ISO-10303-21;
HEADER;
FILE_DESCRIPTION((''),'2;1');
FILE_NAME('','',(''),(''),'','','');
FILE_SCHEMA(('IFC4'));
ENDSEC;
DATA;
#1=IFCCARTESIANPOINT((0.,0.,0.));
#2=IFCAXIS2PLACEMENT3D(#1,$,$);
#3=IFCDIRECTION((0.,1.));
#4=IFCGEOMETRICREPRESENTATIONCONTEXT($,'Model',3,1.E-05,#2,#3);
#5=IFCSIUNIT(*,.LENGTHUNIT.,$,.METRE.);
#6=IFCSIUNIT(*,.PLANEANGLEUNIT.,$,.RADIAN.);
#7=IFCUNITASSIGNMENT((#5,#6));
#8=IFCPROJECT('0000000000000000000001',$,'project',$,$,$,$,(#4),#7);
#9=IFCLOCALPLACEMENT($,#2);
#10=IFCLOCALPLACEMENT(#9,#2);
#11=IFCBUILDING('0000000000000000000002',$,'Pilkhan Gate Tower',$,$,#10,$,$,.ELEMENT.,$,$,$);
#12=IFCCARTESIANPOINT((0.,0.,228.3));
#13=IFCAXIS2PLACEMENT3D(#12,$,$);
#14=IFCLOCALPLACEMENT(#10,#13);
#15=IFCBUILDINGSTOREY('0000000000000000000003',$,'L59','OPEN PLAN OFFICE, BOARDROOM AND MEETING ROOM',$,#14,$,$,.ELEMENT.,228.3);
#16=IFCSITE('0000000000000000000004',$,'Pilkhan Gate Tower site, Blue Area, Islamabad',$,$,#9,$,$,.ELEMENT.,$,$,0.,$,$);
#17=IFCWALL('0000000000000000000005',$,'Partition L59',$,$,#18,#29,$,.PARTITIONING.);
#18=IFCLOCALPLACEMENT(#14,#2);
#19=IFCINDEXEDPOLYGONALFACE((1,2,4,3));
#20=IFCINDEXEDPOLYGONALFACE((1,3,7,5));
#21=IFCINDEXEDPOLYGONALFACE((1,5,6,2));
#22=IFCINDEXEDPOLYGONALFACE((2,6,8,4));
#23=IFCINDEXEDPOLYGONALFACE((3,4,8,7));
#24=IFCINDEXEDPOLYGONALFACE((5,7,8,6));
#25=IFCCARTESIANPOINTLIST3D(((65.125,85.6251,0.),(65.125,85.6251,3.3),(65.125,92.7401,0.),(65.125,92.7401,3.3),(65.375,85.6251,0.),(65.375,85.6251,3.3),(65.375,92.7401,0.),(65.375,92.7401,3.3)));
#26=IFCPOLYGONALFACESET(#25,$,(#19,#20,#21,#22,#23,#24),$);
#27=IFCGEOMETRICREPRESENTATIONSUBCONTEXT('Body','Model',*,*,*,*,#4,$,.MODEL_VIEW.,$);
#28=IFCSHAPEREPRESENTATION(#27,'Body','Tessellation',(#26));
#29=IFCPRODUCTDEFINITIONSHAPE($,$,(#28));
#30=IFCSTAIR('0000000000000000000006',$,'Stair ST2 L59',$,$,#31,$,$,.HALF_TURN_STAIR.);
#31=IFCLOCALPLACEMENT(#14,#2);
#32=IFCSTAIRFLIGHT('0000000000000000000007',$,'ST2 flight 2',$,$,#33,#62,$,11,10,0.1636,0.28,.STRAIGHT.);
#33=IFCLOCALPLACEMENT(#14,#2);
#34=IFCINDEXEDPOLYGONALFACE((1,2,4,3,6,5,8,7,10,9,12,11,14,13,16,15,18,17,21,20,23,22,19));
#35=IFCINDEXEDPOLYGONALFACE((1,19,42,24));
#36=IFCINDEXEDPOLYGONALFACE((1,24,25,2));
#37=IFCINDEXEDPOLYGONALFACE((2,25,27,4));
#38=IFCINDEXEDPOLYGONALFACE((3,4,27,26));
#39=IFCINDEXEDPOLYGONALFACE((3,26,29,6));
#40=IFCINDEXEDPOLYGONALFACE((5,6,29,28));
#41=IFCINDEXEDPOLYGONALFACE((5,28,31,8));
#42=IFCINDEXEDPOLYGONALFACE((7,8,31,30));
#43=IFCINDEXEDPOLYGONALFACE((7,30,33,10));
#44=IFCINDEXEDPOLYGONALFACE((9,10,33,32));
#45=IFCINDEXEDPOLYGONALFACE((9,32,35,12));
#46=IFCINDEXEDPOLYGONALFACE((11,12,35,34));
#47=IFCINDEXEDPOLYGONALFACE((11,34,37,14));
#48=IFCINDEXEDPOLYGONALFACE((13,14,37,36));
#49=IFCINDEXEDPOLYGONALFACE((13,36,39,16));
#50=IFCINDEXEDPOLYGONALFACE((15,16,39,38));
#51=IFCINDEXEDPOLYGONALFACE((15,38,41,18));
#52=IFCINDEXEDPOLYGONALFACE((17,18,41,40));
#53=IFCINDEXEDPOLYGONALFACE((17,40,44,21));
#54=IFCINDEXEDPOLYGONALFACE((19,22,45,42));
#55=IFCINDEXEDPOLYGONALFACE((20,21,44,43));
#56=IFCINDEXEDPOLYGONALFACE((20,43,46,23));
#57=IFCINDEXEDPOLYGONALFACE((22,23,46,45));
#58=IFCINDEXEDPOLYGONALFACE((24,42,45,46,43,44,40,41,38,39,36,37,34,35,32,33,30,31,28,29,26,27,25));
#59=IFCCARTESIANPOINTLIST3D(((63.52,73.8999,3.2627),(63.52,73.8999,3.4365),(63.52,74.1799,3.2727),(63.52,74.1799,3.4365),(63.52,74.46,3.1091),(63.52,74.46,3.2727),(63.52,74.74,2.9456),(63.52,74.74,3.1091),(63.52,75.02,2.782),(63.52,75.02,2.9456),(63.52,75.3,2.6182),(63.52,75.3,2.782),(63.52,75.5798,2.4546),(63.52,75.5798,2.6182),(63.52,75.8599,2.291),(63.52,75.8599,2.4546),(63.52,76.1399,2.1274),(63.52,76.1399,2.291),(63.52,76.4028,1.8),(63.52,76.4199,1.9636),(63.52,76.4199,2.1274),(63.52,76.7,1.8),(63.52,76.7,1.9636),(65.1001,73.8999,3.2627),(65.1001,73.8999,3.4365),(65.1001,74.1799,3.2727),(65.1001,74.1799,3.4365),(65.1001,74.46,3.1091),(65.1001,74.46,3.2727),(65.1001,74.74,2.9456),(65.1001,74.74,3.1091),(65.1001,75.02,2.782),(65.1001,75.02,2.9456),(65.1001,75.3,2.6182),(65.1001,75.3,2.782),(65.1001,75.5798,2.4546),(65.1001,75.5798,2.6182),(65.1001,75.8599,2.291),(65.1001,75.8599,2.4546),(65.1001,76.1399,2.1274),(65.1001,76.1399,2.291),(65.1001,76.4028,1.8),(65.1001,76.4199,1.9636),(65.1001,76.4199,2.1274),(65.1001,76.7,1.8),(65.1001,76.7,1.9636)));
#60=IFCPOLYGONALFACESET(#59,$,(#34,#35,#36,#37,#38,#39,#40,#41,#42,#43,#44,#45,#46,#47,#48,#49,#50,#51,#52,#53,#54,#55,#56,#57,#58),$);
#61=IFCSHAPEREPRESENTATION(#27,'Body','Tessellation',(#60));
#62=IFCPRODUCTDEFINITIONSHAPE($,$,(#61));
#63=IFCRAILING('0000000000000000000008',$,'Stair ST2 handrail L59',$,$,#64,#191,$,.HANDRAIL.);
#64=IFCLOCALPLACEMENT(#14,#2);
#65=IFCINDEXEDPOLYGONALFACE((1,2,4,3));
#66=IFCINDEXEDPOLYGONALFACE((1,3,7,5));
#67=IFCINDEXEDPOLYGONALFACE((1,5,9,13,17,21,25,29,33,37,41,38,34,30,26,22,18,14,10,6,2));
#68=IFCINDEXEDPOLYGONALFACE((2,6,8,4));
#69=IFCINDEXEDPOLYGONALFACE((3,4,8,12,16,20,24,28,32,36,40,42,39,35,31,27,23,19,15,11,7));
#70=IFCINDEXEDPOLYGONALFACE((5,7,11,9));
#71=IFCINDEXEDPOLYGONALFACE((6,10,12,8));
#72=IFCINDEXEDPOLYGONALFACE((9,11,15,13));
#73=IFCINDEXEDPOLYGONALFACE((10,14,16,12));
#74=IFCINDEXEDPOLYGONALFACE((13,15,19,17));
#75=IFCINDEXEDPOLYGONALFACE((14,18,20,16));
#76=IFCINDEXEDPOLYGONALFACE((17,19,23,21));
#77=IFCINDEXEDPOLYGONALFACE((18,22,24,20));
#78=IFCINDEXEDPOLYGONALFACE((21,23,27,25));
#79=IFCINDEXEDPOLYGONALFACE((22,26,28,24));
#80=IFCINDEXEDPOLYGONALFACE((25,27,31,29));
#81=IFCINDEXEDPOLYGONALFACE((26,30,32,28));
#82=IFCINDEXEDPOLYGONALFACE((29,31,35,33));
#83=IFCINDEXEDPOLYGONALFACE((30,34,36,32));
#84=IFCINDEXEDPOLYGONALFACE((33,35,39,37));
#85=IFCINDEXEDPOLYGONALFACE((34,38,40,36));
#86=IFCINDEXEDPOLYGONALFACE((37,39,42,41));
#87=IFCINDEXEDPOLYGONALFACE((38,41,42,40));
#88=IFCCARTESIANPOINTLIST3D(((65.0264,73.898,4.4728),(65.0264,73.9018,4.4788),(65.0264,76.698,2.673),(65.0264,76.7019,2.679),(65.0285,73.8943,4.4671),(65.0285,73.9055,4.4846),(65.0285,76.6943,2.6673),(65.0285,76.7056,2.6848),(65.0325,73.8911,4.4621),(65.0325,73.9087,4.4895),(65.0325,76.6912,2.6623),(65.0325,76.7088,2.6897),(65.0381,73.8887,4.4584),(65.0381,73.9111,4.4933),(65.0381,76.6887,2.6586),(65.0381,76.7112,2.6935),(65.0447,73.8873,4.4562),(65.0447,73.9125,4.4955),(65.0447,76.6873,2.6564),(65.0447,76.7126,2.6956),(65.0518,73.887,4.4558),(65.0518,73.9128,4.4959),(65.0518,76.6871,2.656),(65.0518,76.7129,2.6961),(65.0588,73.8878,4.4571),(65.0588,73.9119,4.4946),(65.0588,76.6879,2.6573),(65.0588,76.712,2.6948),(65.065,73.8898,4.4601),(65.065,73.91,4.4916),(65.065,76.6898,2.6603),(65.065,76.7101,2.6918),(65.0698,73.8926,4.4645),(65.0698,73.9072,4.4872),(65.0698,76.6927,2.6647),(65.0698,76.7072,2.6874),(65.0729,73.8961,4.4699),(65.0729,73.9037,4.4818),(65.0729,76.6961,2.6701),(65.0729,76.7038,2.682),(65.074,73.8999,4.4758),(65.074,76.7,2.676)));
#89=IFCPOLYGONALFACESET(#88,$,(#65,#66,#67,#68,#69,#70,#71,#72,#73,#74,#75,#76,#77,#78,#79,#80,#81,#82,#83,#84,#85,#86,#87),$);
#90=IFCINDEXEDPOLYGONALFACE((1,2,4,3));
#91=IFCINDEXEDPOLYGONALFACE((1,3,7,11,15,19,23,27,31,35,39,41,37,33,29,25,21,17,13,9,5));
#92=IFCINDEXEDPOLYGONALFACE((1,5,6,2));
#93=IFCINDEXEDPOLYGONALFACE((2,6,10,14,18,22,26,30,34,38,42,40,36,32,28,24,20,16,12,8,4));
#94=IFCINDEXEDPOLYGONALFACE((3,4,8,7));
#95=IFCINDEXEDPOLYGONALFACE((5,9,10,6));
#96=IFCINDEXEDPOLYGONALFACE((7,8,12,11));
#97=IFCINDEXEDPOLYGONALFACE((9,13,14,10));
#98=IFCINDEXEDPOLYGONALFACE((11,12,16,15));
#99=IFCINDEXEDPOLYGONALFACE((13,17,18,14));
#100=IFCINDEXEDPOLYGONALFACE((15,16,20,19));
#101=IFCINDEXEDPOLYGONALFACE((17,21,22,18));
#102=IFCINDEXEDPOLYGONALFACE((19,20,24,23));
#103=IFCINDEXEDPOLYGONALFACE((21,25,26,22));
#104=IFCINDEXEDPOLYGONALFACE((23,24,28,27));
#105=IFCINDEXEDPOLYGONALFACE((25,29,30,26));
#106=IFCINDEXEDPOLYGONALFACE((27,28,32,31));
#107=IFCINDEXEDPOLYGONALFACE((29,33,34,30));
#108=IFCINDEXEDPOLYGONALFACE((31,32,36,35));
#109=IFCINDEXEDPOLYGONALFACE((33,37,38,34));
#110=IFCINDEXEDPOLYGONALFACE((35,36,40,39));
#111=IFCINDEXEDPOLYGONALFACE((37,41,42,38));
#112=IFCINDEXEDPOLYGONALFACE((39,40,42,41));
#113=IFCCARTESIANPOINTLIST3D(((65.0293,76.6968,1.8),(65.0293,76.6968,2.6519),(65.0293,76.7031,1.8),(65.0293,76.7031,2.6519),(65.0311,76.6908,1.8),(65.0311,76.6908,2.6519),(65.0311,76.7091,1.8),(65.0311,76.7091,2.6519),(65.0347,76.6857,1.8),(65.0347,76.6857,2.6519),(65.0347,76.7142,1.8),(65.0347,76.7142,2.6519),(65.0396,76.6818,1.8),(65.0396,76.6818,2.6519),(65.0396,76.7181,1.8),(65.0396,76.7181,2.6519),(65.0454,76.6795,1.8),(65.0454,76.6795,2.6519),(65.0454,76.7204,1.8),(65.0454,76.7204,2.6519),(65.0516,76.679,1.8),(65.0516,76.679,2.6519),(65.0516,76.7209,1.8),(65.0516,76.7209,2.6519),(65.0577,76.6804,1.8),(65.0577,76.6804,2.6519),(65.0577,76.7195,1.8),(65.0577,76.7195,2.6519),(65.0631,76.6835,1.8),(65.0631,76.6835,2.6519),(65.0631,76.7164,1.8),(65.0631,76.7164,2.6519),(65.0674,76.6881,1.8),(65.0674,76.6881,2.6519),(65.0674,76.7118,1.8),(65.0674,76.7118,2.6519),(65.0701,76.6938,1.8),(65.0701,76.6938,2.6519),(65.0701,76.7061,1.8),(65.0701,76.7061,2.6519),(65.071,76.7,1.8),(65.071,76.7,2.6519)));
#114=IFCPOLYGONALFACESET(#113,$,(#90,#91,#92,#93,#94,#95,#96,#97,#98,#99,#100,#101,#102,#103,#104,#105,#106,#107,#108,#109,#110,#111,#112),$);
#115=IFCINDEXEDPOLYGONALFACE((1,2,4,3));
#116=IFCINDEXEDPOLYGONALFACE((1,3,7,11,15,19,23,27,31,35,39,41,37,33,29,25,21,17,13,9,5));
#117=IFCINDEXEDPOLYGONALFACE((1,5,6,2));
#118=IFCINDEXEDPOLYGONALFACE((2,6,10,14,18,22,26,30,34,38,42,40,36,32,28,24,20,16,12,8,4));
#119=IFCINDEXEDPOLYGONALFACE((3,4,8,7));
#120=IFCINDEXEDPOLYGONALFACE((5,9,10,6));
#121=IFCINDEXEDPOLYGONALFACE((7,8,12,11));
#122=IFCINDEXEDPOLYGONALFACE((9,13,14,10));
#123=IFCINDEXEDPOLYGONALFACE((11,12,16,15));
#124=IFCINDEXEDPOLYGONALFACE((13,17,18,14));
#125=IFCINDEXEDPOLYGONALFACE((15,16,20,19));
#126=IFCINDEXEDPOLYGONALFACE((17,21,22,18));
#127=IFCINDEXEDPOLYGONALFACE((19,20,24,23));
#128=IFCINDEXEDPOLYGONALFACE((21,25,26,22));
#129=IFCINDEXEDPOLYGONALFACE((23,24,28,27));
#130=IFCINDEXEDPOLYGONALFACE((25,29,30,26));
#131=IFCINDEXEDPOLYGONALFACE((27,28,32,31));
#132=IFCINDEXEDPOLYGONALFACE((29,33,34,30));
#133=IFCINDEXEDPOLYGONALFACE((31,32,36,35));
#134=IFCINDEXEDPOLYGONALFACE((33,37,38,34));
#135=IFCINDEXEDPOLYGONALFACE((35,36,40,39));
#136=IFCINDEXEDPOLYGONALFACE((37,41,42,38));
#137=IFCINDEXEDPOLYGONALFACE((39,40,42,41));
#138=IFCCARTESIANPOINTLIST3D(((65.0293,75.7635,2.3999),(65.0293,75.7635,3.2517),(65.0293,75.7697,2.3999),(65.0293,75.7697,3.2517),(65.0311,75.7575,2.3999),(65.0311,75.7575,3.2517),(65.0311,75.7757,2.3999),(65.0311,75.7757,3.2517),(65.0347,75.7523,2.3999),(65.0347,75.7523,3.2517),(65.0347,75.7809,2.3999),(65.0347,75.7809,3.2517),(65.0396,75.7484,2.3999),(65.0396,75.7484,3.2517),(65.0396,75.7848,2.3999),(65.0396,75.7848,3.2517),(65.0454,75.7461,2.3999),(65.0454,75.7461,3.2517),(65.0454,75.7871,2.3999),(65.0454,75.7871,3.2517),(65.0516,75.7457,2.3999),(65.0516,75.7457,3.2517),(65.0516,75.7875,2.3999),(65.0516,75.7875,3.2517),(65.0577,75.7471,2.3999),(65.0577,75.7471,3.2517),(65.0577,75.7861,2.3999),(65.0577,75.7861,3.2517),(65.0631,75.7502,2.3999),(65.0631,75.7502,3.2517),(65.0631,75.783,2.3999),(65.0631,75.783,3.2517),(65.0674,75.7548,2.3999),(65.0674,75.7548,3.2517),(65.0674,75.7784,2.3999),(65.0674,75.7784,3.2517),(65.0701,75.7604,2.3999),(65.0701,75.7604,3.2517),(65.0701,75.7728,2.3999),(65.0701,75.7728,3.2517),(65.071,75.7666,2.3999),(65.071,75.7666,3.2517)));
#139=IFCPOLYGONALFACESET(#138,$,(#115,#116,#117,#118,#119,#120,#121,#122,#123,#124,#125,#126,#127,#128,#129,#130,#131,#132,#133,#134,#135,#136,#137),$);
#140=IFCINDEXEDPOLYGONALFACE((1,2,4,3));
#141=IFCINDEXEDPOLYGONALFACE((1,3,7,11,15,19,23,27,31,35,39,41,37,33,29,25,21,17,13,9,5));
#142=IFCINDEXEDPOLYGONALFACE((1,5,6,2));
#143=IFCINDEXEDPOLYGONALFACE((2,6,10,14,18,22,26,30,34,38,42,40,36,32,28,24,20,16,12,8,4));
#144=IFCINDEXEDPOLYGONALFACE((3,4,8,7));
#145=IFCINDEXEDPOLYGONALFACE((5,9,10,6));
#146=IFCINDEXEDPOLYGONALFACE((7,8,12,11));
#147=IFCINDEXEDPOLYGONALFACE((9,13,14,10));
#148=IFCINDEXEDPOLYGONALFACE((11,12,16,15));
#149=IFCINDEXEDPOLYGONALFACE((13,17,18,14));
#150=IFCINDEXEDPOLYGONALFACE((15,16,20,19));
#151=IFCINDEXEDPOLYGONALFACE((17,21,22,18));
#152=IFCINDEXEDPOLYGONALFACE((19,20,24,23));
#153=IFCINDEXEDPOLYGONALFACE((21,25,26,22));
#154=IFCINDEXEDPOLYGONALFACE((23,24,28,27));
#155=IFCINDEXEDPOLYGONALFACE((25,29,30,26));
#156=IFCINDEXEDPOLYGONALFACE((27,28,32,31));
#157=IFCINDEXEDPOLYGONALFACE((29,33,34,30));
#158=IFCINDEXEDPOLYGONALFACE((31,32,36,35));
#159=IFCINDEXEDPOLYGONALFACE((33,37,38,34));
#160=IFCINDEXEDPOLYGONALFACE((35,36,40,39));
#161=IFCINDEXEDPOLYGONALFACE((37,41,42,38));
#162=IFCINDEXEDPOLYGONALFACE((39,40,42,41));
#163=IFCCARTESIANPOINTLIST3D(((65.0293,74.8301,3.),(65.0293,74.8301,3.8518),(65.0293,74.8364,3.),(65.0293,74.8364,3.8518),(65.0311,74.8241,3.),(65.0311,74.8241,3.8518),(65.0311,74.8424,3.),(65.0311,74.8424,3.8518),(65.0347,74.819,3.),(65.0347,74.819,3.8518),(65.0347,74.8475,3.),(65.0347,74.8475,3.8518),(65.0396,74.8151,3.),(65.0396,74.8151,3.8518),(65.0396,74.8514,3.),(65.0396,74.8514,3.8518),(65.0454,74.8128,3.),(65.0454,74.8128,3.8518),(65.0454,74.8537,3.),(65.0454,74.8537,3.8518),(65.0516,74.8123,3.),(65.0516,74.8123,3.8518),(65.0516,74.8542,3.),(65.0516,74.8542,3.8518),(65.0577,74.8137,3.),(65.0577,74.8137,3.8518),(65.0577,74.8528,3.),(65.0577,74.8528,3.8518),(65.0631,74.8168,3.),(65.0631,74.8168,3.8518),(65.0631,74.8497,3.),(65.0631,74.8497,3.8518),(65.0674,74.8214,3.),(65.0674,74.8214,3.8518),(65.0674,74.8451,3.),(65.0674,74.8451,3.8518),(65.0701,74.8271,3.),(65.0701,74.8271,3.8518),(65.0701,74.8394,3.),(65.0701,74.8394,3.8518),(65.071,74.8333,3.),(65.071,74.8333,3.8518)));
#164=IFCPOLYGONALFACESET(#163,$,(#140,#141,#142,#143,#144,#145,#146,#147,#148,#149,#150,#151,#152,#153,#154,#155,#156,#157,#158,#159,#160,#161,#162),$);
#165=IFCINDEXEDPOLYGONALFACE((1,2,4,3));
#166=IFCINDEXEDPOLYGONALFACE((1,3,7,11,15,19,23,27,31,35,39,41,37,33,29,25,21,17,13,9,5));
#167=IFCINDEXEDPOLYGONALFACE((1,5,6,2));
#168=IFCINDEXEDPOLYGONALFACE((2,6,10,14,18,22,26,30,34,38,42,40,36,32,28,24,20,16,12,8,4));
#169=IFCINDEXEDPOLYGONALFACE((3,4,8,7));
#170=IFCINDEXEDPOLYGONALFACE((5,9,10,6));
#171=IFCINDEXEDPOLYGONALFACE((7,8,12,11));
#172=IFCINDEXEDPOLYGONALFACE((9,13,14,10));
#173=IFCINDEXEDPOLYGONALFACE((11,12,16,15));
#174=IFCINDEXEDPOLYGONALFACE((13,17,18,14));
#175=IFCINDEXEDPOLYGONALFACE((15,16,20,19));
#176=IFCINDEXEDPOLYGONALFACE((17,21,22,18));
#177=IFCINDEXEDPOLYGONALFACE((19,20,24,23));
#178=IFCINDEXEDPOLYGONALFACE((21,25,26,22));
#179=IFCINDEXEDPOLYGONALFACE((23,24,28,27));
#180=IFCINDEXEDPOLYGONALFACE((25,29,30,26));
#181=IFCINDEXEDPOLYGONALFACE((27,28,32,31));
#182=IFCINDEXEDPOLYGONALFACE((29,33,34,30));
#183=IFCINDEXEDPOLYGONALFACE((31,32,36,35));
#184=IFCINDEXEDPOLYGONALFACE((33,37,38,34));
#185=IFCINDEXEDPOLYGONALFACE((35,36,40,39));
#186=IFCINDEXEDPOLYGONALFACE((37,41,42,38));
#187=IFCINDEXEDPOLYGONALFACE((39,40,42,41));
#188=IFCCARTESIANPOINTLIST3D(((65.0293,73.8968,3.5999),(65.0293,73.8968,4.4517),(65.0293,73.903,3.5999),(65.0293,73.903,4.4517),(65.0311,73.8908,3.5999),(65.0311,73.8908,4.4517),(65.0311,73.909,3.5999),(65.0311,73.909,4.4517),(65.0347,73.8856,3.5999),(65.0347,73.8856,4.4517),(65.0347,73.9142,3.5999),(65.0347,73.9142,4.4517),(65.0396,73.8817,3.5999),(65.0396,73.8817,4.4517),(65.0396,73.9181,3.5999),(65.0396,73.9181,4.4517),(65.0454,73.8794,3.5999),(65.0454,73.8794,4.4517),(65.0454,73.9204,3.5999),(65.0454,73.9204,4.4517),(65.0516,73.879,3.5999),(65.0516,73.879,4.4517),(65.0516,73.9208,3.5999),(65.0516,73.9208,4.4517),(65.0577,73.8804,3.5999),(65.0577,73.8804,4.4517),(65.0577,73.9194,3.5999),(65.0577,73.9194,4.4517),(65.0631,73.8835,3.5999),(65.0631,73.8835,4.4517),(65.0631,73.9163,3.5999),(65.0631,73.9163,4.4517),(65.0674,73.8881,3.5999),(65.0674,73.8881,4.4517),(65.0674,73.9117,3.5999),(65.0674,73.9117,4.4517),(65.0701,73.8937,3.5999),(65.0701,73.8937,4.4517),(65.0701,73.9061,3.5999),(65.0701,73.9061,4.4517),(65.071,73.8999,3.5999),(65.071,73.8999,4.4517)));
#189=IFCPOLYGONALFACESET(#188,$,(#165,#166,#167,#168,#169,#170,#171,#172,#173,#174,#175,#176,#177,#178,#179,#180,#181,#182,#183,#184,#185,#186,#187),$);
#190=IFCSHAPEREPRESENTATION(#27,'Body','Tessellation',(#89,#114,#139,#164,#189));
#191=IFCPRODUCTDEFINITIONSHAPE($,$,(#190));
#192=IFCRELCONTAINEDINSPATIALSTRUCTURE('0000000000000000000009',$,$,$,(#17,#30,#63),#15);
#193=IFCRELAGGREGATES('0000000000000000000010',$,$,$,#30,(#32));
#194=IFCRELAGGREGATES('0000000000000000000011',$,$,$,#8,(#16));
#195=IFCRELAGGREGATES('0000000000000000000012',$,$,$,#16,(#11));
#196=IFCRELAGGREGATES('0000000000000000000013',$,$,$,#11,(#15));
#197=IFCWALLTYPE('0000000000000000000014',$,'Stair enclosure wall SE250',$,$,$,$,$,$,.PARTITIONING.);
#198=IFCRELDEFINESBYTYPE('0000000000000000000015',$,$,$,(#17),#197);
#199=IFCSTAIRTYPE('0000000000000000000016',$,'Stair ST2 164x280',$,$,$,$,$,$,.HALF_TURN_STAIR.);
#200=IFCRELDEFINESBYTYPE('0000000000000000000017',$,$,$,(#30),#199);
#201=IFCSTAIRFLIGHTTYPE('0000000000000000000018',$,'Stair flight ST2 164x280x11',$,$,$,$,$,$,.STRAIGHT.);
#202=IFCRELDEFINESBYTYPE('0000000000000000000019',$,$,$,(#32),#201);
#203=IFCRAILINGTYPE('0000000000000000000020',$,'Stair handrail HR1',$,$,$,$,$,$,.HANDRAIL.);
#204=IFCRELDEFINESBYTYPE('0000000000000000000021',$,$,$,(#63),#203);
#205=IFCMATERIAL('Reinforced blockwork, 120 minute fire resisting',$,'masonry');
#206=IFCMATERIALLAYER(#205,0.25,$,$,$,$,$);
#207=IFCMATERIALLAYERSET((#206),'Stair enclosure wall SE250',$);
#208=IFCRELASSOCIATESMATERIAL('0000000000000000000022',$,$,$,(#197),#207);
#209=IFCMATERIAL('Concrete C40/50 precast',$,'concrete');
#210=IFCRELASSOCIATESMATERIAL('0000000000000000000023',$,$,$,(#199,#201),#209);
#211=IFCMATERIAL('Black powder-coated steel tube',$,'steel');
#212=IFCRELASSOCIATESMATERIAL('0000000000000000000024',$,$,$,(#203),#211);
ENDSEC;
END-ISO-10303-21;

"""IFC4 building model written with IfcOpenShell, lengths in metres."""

from ifc_helpers import new_model, si_unit, direction, frame, frame_2d, origin, origin_2d, place, context, subcontext, project, spatial, polyline, rectangle, circle, outline, extrude, material, layer, layer_set, type_object, element, aggregate, save


model = new_model("IFC4")

# Units and contexts
model_context = context("Model", 3, precision=1e-05, world=origin(), true_north=direction((0.0, 1.0)))
body_context = subcontext(model_context, "Body", "Model", "MODEL_VIEW")
ifc_project = project(units=[si_unit("LENGTHUNIT", "METRE"), si_unit("PLANEANGLEUNIT", "RADIAN")], contexts=[model_context])

# Site, building, storey
site_placement = place(None, origin())
site = spatial("IfcSite", under=ifc_project, at=site_placement, Name="Pilkhan Gate Tower site, Blue Area, Islamabad", CompositionType="ELEMENT", RefElevation=0.0)
building_placement = place(site_placement, origin())
building = spatial("IfcBuilding", under=site, at=building_placement, Name="Pilkhan Gate Tower", CompositionType="ELEMENT")
storey_placement = place(building_placement, frame((0.0, 0.0, 228.3)))
storey = spatial("IfcBuildingStorey", under=building, at=storey_placement, Name="L59", Description="OPEN PLAN OFFICE, BOARDROOM AND MEETING ROOM", CompositionType="ELEMENT", Elevation=228.3)

# Wall
ifc_material_1 = material(Name="Reinforced blockwork, 120 minute fire resisting", Category="masonry")
ifc_layer_1 = layer(ifc_material_1, 0.25)
ifc_layer_set_1 = layer_set([ifc_layer_1], Name="Stair enclosure wall SE250")
wall_type_1 = type_object("IfcWallType", Name="Stair enclosure wall SE250", PredefinedType="PARTITIONING", material=ifc_layer_set_1)
wall_1_placement = place(storey_placement, frame((65.25, 85.625, 0.0), z_axis=(0.0, 0.0, 1.0), x_axis=(0.0, 1.0, 0.0)))
element("IfcWall", 1, at=wall_1_placement, inside=storey, type_object=wall_type_1, Name="Partition L59", PredefinedType="PARTITIONING", context=body_context, shape_type="SweptSolid", body=[
    extrude(rectangle(XDim=7.115, YDim=0.25, at=frame_2d((3.5576, 0.0))), origin(), (0.0, 0.0, 1.0), 3.3),
])

# Stair, stair flight
ifc_material_2 = material(Name="Concrete C40/50 precast", Category="concrete")
stair_type = type_object("IfcStairType", Name="Stair ST2 164x280", PredefinedType="HALF_TURN_STAIR", material=ifc_material_2)
stair_placement = place(storey_placement, origin())
stair = element("IfcStair", 2, at=stair_placement, inside=storey, type_object=stair_type, Name="Stair ST2 L59", PredefinedType="HALF_TURN_STAIR")
stair_flight_type = type_object("IfcStairFlightType", Name="Stair flight ST2 164x280x11", PredefinedType="STRAIGHT", material=ifc_material_2)
stair_flight_placement = place(storey_placement, frame((64.3101, 76.7, 1.8), z_axis=(0.0, 0.0, 1.0), x_axis=(0.0, -1.0, 0.0)))
stair_flight = element("IfcStairFlight", 3, at=stair_flight_placement, type_object=stair_flight_type, Name="ST2 flight 2", NumberOfRisers=11, NumberOfTreads=10, PredefinedType="STRAIGHT", RiserHeight=0.1636, TreadLength=0.28, context=body_context, shape_type="SweptSolid", body=[
    extrude(outline(polyline([(0.0, 0.0), (0.0, 0.1636), (0.28, 0.1636), (0.28, 0.3274), (0.5601, 0.3274), (0.5601, 0.491), (0.8401, 0.491), (0.8401, 0.6545), (1.1201, 0.6545), (1.1201, 0.8181), (1.3999, 0.8181), (1.3999, 0.9819), (1.6799, 0.9819), (1.6799, 1.1455), (1.96, 1.1455), (1.96, 1.3091), (2.24, 1.3091), (2.24, 1.4727), (2.52, 1.4727), (2.52, 1.6365), (2.8, 1.6365), (2.8, 1.8), (2.8, 1.4626), (0.2971, 0.0), (0.0, 0.0)])), frame((0.0, 0.79, 0.0), z_axis=(0.0, -1.0, 0.0), x_axis=(1.0, 0.0, 0.0)), (0.0, 0.0, 1.0), 1.5801),
])
aggregate(stair, [stair_flight])

# Railing
ifc_material_3 = material(Name="Black powder-coated steel tube", Category="steel")
railing_type_1 = type_object("IfcRailingType", Name="Stair handrail HR1", PredefinedType="HANDRAIL", material=ifc_material_3)
railing_1_placement = place(storey_placement, frame((65.05, 76.7, 1.8)))
element("IfcRailing", 4, at=railing_1_placement, inside=storey, type_object=railing_type_1, Name="Stair ST2 handrail L59", PredefinedType="HANDRAIL", context=body_context, shape_type="SweptSolid", body=[
    extrude(circle(Radius=0.0239, at=origin_2d()), frame((0.0, 0.0, 0.876), z_axis=(0.0, -0.841209, 0.540709), x_axis=(1.0, 0.0, 0.0)), (0.0, 0.0, 1.0), 3.3286),
    extrude(circle(Radius=0.021, at=origin_2d()), origin(), (0.0, 0.0, 1.0), 0.8518),
    extrude(circle(Radius=0.021, at=origin_2d()), frame((0.0, -0.9333, 0.5999)), (0.0, 0.0, 1.0), 0.8518),
    extrude(circle(Radius=0.021, at=origin_2d()), frame((0.0, -1.8667, 1.2)), (0.0, 0.0, 1.0), 0.8518),
    extrude(circle(Radius=0.021, at=origin_2d()), frame((0.0, -2.8, 1.7998)), (0.0, 0.0, 1.0), 0.8518),
])

save(model, "model.ifc")
